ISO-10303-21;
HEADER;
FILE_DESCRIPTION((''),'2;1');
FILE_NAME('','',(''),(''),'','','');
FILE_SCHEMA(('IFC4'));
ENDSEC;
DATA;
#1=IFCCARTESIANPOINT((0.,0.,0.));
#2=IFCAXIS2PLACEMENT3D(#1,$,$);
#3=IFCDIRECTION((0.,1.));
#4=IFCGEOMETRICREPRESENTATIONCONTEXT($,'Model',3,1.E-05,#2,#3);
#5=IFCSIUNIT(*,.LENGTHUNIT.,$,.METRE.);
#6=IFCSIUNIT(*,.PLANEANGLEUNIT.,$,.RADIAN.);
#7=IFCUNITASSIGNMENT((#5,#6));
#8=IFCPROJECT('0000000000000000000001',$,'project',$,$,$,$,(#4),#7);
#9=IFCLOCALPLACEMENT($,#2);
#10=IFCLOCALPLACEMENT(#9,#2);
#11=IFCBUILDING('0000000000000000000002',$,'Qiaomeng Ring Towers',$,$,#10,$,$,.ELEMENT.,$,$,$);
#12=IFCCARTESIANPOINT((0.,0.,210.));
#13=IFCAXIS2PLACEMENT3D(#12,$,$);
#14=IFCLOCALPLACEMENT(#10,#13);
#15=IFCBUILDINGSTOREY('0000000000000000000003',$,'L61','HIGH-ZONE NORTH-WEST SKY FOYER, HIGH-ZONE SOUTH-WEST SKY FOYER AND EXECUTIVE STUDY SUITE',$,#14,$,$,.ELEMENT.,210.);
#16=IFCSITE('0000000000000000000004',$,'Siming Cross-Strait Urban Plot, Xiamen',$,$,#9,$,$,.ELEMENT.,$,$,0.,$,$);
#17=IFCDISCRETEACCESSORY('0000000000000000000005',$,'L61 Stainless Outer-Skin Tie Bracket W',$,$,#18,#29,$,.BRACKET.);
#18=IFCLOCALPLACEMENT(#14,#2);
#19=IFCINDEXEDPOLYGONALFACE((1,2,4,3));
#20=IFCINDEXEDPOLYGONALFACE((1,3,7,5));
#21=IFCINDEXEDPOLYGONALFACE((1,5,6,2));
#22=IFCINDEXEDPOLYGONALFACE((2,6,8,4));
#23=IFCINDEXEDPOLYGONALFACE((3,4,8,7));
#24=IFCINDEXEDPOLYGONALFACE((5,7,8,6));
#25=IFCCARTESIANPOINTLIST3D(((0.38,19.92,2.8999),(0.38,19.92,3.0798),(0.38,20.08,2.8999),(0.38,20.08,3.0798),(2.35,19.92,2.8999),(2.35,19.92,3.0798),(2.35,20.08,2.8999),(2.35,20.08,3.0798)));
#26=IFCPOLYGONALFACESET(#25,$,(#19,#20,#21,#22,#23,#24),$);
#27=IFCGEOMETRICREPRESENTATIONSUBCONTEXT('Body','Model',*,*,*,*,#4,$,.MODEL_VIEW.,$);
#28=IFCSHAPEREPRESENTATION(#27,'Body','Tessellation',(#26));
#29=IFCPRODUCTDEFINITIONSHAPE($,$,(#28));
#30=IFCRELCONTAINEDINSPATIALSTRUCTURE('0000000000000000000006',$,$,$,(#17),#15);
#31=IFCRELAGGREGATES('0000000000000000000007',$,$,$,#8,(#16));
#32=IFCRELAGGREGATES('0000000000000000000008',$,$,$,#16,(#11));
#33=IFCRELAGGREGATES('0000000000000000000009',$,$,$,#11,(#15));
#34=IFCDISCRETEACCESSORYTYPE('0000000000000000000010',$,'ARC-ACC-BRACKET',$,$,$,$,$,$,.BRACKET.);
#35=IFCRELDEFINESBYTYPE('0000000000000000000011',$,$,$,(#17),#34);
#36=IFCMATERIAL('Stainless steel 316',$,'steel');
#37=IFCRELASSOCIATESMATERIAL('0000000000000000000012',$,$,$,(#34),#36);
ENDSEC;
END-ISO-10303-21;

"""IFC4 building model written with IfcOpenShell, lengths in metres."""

from ifc_helpers import new_model, si_unit, direction, frame, origin, origin_2d, place, context, subcontext, project, spatial, rectangle, extrude, source, transform, mapped, material, type_object, element, save


model = new_model("IFC4")

# Units and contexts
model_context = context("Model", 3, precision=1e-05, world=origin(), true_north=direction((0.0, 1.0)))
body_context = subcontext(model_context, "Body", "Model", "MODEL_VIEW")
ifc_project = project(units=[si_unit("LENGTHUNIT", "METRE"), si_unit("PLANEANGLEUNIT", "RADIAN")], contexts=[model_context])

# Site, building, storey
site_placement = place(None, origin())
site = spatial("IfcSite", under=ifc_project, at=site_placement, Name="Siming Cross-Strait Urban Plot, Xiamen", CompositionType="ELEMENT", RefElevation=0.0)
building_placement = place(site_placement, origin())
building = spatial("IfcBuilding", under=site, at=building_placement, Name="Qiaomeng Ring Towers", CompositionType="ELEMENT")
storey_placement = place(building_placement, frame((0.0, 0.0, 210.0)))
storey = spatial("IfcBuildingStorey", under=building, at=storey_placement, Name="L61", Description="HIGH-ZONE NORTH-WEST SKY FOYER, HIGH-ZONE SOUTH-WEST SKY FOYER AND EXECUTIVE STUDY SUITE", CompositionType="ELEMENT", Elevation=210.0)

# Shared definitions
ifc_material_1 = material(Name="Stainless steel 316", Category="steel")

# Discrete accessory
discrete_accessory_type = type_object("IfcDiscreteAccessoryType", Name="ARC-ACC-BRACKET", PredefinedType="BRACKET", material=ifc_material_1)
shared_shape_1 = source(origin(), body_context, "Body", "SweptSolid", [
    extrude(rectangle(XDim=1.97, YDim=0.1599, at=origin_2d()), origin(), (0.0, 0.0, 1.0), 0.1799),
])
discrete_accessory_placement = place(storey_placement, frame((1.365, 20.0, 2.8999), z_axis=(0.0, 0.0, 1.0), x_axis=(1.0, 0.0, 0.0)))
element("IfcDiscreteAccessory", 1, at=discrete_accessory_placement, inside=storey, type_object=discrete_accessory_type, Name="L61 Stainless Outer-Skin Tie Bracket W", PredefinedType="BRACKET", context=body_context, shape_type="MappedRepresentation", body=[
    mapped(shared_shape_1, transform((0.0, 0.0, 0.0), x_axis=(1.0, 0.0, 0.0), y_axis=(0.0, 1.0, 0.0), z_axis=(0.0, 0.0, 1.0), scale=1.0)),
])

save(model, "model.ifc")
